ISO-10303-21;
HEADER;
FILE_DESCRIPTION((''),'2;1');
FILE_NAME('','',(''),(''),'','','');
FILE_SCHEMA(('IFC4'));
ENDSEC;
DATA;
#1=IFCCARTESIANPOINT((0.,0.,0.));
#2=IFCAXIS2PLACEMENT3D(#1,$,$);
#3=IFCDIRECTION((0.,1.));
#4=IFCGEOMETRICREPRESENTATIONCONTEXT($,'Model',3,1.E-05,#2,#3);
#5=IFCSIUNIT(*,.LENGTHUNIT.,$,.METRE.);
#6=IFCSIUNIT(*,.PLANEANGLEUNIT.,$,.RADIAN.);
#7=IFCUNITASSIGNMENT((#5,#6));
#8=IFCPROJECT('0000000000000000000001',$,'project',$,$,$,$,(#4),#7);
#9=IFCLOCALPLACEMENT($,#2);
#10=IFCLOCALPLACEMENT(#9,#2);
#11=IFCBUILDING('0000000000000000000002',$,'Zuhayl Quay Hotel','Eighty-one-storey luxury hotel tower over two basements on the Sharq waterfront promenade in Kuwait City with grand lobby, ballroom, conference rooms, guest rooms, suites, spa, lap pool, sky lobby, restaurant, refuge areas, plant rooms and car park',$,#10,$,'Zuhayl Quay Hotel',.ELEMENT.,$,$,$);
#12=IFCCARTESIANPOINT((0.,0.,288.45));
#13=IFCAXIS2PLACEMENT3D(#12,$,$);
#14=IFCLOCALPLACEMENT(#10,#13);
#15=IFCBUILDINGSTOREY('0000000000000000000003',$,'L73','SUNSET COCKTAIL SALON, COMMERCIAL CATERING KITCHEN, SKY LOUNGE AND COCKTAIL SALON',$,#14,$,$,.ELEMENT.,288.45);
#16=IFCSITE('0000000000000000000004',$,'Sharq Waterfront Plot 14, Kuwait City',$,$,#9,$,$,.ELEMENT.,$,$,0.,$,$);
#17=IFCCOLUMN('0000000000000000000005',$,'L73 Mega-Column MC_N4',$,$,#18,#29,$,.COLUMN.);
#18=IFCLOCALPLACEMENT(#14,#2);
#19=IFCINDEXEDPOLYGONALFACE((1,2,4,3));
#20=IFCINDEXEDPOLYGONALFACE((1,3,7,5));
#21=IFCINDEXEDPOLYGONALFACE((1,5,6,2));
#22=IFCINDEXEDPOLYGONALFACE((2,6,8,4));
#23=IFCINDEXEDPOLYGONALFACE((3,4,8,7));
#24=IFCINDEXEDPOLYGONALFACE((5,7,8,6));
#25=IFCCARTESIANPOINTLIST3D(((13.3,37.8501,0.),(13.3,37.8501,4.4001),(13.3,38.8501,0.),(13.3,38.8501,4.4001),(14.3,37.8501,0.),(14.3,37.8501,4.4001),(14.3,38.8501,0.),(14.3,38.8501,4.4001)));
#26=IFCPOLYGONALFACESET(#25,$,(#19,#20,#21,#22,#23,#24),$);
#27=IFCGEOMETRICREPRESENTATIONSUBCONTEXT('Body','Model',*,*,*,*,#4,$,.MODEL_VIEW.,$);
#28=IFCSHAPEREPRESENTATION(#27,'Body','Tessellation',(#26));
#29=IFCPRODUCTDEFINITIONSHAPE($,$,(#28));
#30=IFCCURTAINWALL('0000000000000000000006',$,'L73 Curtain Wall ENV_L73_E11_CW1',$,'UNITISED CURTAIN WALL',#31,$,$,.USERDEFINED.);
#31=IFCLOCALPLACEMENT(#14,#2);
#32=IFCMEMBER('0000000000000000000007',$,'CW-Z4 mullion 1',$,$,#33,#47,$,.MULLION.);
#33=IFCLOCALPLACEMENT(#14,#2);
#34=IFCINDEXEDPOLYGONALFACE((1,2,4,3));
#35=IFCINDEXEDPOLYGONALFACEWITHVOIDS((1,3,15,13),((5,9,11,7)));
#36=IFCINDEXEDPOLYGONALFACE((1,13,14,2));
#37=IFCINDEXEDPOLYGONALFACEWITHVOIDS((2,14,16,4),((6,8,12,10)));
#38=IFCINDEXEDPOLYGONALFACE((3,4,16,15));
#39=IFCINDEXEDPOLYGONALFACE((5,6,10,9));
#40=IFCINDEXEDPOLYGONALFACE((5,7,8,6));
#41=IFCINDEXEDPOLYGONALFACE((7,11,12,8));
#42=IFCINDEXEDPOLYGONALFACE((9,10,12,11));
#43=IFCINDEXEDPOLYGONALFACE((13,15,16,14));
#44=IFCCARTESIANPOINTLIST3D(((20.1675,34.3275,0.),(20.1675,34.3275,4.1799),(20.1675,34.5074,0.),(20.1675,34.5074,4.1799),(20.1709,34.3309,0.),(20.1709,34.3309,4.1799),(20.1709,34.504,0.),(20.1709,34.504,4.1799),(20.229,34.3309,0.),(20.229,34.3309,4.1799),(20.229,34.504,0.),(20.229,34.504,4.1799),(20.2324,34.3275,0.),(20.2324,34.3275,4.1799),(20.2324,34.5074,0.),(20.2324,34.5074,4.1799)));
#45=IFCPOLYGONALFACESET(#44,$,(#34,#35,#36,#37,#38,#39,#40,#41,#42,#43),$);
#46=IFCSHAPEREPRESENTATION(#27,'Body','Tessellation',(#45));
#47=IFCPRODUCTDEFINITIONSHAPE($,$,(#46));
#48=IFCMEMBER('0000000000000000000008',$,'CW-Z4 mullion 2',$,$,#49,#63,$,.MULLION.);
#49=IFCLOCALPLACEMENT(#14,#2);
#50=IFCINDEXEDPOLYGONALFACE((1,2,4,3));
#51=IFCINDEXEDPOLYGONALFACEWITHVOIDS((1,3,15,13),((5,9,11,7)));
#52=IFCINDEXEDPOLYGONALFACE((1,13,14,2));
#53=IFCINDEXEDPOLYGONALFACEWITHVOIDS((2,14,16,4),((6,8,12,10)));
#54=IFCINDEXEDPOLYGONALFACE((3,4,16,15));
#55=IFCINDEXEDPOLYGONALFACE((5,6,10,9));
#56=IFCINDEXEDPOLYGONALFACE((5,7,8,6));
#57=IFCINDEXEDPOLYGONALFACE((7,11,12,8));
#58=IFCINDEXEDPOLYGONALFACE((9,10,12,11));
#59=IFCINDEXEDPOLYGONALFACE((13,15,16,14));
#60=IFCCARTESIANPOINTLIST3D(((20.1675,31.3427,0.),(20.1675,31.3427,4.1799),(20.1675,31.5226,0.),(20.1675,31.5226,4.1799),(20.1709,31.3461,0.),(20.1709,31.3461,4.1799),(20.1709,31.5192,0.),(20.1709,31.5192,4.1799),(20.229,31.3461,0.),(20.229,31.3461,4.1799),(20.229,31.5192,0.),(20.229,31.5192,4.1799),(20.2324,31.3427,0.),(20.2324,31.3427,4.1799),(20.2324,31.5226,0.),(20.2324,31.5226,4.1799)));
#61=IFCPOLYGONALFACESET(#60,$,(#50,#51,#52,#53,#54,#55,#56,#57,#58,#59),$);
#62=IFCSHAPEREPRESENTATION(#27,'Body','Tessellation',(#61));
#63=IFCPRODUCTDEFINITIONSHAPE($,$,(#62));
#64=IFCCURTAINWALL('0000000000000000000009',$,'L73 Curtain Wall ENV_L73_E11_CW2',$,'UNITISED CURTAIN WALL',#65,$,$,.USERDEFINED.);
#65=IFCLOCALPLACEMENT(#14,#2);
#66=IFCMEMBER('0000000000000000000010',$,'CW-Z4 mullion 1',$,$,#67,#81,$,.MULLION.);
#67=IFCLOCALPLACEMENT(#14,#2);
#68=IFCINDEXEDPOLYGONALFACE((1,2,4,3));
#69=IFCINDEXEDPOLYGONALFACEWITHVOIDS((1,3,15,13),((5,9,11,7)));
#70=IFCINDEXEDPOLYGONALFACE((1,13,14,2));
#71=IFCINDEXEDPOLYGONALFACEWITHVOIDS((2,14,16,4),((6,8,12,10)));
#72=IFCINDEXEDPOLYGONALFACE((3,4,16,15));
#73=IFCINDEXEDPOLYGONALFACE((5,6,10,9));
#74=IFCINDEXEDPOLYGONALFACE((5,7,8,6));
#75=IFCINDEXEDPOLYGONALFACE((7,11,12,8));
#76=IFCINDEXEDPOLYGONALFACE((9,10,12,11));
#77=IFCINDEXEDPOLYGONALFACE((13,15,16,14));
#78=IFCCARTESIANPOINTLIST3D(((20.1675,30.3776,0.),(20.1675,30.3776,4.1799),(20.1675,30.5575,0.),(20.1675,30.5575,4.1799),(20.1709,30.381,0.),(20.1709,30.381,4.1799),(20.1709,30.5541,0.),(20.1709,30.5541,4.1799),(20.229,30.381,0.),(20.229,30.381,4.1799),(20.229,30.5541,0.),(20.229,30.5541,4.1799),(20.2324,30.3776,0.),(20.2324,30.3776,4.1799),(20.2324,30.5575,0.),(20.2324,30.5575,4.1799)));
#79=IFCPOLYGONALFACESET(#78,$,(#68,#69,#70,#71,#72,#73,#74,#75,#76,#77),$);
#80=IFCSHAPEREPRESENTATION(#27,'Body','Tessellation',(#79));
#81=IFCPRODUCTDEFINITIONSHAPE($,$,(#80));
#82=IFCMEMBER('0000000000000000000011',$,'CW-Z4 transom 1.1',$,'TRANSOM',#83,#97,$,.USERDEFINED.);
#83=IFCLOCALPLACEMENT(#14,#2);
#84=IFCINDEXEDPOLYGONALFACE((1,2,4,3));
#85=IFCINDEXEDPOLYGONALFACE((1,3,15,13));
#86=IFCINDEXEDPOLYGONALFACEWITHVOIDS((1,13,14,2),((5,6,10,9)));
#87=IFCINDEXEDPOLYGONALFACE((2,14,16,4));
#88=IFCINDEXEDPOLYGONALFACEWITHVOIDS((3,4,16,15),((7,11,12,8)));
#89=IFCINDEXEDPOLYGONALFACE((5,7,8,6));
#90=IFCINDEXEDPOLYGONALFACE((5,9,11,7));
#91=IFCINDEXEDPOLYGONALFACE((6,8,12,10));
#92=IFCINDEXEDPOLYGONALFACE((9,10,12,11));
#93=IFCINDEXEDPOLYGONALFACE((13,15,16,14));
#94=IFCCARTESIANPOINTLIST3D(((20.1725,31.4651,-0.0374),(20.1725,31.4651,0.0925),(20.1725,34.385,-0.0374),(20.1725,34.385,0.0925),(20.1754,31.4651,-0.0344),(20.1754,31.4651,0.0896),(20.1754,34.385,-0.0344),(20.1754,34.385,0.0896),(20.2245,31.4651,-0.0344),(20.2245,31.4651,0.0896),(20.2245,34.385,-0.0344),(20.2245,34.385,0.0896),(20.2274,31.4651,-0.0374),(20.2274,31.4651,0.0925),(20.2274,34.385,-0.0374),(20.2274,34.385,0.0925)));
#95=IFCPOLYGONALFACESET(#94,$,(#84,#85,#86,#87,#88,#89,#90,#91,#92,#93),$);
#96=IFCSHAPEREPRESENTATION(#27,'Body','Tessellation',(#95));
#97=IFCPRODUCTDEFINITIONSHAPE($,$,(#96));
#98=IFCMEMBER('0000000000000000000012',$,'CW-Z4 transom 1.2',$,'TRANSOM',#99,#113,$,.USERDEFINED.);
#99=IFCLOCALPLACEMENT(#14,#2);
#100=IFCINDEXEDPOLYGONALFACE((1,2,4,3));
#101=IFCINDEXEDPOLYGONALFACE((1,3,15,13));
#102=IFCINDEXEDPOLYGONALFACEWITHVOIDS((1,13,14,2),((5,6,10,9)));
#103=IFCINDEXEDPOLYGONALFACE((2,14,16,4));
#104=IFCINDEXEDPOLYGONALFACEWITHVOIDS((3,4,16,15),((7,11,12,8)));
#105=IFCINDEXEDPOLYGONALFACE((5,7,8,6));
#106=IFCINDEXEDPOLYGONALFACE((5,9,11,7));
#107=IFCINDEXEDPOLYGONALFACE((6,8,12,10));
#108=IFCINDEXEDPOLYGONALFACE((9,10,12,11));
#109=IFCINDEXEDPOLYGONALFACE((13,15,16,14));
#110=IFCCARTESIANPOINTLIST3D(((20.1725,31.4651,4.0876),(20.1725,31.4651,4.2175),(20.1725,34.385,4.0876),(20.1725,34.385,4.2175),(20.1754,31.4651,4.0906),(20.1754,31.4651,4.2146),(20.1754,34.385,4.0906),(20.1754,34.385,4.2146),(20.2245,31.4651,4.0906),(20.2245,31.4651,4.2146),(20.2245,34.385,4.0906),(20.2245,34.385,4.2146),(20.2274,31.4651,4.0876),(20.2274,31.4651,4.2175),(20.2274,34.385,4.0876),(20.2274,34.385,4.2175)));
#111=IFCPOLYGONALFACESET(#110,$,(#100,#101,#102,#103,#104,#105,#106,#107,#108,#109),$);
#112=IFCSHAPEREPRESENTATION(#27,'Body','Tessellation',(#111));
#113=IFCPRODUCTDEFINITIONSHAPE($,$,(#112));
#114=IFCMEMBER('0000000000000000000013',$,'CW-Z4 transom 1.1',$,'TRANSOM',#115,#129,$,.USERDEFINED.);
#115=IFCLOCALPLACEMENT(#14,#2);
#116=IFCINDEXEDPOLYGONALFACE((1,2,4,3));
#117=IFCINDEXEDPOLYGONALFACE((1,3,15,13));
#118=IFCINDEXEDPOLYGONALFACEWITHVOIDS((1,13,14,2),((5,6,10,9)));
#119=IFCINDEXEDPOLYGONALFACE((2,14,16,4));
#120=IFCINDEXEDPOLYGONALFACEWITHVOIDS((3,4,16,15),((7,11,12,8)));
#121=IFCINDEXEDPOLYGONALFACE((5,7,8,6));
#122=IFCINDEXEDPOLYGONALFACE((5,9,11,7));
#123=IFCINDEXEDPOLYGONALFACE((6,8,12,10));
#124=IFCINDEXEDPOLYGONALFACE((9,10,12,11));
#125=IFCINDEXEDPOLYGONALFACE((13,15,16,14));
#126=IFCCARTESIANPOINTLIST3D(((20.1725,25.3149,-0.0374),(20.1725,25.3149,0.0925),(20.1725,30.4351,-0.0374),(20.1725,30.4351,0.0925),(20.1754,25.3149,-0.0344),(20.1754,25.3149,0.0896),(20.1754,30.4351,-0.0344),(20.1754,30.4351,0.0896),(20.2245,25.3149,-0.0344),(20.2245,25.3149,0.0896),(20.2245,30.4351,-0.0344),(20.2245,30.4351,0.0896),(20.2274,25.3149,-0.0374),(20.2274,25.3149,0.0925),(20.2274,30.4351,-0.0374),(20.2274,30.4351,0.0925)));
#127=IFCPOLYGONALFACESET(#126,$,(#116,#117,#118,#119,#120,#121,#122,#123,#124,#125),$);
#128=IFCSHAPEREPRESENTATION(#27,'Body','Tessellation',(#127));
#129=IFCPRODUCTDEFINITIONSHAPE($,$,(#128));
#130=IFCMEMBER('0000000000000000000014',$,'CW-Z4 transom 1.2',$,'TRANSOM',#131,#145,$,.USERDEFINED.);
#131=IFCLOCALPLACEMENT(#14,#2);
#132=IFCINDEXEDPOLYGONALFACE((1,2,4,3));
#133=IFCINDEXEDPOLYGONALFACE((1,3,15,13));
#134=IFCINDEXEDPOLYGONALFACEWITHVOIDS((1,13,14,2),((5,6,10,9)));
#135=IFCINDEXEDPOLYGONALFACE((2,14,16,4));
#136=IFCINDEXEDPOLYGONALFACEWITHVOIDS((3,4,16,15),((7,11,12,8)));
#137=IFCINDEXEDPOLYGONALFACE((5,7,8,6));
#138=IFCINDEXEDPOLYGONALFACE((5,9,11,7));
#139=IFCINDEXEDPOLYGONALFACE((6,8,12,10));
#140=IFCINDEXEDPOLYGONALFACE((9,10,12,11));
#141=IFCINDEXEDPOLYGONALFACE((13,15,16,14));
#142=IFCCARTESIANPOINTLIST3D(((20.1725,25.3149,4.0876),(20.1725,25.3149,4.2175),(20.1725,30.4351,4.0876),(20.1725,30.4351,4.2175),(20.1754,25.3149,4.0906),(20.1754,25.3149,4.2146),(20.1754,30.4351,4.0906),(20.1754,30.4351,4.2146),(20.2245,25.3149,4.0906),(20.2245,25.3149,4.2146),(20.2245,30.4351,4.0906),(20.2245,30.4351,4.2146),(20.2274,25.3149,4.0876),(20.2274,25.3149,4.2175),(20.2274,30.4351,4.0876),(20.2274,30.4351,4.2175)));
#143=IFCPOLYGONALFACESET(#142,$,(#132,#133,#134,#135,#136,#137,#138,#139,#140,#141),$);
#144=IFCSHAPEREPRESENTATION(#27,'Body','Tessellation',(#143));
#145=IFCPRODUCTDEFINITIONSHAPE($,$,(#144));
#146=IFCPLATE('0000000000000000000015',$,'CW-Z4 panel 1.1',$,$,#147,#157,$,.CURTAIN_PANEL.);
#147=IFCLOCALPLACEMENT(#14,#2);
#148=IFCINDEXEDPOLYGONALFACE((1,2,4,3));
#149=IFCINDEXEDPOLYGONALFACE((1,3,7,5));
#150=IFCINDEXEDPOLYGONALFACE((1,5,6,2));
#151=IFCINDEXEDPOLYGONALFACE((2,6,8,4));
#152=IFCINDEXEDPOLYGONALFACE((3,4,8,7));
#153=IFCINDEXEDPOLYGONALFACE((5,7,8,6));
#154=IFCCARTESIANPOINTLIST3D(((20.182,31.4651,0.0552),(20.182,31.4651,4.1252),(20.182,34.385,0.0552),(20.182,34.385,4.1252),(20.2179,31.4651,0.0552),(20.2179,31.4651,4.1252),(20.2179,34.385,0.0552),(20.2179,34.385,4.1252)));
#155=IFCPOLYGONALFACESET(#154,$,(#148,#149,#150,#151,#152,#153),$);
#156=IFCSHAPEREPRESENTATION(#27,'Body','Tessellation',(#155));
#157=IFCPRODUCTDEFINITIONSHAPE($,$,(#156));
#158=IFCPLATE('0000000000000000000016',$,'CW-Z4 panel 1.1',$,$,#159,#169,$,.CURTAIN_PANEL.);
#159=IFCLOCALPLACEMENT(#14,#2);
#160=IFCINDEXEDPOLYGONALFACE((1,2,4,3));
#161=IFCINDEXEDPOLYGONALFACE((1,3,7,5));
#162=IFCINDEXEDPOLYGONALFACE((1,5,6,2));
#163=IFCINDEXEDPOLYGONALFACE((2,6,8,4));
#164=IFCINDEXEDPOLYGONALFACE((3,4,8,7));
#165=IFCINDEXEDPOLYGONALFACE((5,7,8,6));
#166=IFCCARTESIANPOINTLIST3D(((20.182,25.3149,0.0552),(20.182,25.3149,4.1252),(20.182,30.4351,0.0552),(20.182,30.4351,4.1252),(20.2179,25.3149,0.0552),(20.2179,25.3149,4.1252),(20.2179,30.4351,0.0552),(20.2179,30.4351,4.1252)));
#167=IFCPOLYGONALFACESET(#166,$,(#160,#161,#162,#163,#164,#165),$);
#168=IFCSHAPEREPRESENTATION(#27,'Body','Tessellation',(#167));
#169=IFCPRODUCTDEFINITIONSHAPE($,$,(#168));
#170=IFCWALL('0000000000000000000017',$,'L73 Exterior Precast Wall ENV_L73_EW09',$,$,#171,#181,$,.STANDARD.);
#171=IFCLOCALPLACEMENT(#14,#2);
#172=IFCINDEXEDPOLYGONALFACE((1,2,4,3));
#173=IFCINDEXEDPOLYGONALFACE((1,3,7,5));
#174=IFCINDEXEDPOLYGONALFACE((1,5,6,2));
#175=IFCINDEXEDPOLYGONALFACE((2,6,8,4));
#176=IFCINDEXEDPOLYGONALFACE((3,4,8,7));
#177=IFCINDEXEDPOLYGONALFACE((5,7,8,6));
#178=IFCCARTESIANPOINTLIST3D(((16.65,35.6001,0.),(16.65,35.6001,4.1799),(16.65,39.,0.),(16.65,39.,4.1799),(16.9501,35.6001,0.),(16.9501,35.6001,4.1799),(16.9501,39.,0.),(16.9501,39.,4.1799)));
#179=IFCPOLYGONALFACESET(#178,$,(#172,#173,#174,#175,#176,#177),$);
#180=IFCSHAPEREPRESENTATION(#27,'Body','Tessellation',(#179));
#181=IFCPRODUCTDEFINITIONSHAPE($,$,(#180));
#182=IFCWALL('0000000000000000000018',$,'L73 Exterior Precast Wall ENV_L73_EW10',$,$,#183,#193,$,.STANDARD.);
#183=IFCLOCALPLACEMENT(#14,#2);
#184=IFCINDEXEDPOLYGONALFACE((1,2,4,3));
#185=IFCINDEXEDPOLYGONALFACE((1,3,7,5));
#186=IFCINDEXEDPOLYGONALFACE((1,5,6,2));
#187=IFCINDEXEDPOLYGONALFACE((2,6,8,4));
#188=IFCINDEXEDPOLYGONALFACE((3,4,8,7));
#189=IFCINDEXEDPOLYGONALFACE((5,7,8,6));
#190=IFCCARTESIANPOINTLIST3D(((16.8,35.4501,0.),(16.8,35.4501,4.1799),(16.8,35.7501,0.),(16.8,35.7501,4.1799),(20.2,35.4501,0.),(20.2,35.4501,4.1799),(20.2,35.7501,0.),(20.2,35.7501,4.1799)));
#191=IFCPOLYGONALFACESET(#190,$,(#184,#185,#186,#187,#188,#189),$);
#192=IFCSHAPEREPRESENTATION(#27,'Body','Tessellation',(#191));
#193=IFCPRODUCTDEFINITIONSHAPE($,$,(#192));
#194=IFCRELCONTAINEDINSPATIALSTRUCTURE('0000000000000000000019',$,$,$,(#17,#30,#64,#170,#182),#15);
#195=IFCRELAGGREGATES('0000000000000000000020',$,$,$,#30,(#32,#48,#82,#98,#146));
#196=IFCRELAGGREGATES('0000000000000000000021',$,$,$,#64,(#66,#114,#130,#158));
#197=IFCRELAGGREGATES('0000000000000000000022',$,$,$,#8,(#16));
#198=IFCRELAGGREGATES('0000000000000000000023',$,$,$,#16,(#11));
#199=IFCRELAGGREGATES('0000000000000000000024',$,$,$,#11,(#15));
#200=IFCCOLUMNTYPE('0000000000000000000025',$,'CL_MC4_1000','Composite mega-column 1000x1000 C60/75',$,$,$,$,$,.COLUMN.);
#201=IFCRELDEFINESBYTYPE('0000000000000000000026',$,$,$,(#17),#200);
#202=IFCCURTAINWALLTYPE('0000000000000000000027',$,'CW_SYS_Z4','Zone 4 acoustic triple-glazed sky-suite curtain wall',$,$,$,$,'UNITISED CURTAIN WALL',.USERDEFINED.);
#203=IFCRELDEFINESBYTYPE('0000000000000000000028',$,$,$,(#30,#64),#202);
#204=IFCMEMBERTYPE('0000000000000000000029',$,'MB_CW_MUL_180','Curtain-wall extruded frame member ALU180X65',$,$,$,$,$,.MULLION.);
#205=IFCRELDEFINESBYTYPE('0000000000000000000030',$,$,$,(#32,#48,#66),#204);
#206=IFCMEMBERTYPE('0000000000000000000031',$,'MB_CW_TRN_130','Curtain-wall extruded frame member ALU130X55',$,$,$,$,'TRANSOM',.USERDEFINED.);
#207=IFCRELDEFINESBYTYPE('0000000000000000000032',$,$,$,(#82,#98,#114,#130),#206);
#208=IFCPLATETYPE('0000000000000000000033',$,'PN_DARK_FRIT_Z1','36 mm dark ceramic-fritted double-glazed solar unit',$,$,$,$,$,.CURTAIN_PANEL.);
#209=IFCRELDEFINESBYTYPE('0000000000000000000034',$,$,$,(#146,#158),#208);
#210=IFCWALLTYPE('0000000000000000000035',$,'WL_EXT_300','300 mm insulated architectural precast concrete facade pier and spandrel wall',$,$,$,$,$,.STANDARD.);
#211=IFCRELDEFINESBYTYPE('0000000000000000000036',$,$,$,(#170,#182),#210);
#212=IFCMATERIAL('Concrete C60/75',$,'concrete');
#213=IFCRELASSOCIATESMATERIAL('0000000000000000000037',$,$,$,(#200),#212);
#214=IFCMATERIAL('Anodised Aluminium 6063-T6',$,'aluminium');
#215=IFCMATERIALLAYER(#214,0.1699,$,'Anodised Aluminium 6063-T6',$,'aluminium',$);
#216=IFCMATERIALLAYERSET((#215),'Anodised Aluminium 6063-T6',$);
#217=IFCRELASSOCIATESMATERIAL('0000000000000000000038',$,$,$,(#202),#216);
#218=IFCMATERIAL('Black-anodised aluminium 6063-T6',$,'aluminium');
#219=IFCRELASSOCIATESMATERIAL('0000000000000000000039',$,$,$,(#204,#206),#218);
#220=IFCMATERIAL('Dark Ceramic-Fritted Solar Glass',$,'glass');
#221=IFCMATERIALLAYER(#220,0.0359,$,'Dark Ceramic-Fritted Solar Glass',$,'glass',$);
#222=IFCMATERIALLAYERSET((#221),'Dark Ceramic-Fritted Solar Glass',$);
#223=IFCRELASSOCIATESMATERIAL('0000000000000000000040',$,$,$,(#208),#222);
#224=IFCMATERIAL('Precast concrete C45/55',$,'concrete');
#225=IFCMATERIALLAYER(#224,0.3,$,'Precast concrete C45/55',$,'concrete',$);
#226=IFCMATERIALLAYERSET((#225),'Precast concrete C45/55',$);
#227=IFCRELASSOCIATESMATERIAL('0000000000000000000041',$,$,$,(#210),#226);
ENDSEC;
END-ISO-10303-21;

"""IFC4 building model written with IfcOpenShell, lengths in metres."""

from ifc_helpers import new_model, si_unit, direction, frame, frame_2d, origin, origin_2d, place, context, subcontext, project, spatial, rectangle, hollow_rectangle, extrude, material, layer, layer_set, material_profile, profile_set, type_object, element, aggregate, save


model = new_model("IFC4")

# Units and contexts
model_context = context("Model", 3, precision=1e-05, world=origin(), true_north=direction((0.0, 1.0)))
body_context = subcontext(model_context, "Body", "Model", "MODEL_VIEW")
ifc_project = project(units=[si_unit("LENGTHUNIT", "METRE"), si_unit("PLANEANGLEUNIT", "RADIAN")], contexts=[model_context])

# Site, building, storey
site_placement = place(None, origin())
site = spatial("IfcSite", under=ifc_project, at=site_placement, Name="Sharq Waterfront Plot 14, Kuwait City", CompositionType="ELEMENT", RefElevation=0.0)
building_placement = place(site_placement, origin())
building = spatial("IfcBuilding", under=site, at=building_placement, Name="Zuhayl Quay Hotel", Description="Eighty-one-storey luxury hotel tower over two basements on the Sharq waterfront promenade in Kuwait City with grand lobby, ballroom, conference rooms, guest rooms, suites, spa, lap pool, sky lobby, restaurant, refuge areas, plant rooms and car park", LongName="Zuhayl Quay Hotel", CompositionType="ELEMENT")
storey_placement = place(building_placement, frame((0.0, 0.0, 288.45)))
storey = spatial("IfcBuildingStorey", under=building, at=storey_placement, Name="L73", Description="SUNSET COCKTAIL SALON, COMMERCIAL CATERING KITCHEN, SKY LOUNGE AND COCKTAIL SALON", CompositionType="ELEMENT", Elevation=288.45)

# Column
ifc_material_1 = material(Name="Concrete C60/75", Category="concrete")
ifc_material_profile_1 = material_profile(ifc_material_1, rectangle(XDim=1.0, YDim=1.0, at=origin_2d()), Name="RC1000X1000")
ifc_profile_set_1 = profile_set([ifc_material_profile_1], Name="Concrete C60/75")
column_type = type_object("IfcColumnType", Name="CL_MC4_1000", Description="Composite mega-column 1000x1000 C60/75", PredefinedType="COLUMN", material=ifc_profile_set_1)
column_placement = place(storey_placement, frame((13.8, 38.3501, 0.0), z_axis=(0.0, 0.0, 1.0), x_axis=(1.0, 0.0, 0.0)))
element("IfcColumn", 1, at=column_placement, inside=storey, type_object=column_type, Name="L73 Mega-Column MC_N4", PredefinedType="COLUMN", context=body_context, shape_type="SweptSolid", body=[
    extrude(rectangle(XDim=1.0, YDim=1.0, at=origin_2d()), origin(), (0.0, 0.0, 1.0), 4.4001),
])

# Curtain wall, members
ifc_material_2 = material(Name="Anodised Aluminium 6063-T6", Category="aluminium")
ifc_layer_1 = layer(ifc_material_2, 0.1699, Name="Anodised Aluminium 6063-T6", Category="aluminium")
ifc_layer_set_1 = layer_set([ifc_layer_1], Name="Anodised Aluminium 6063-T6")
curtain_wall_type = type_object("IfcCurtainWallType", Name="CW_SYS_Z4", Description="Zone 4 acoustic triple-glazed sky-suite curtain wall", ElementType="UNITISED CURTAIN WALL", PredefinedType="USERDEFINED", material=ifc_layer_set_1)
curtain_wall_1_placement = place(storey_placement, origin())
curtain_wall_1 = element("IfcCurtainWall", 2, at=curtain_wall_1_placement, inside=storey, type_object=curtain_wall_type, Name="L73 Curtain Wall ENV_L73_E11_CW1", ObjectType="UNITISED CURTAIN WALL", PredefinedType="USERDEFINED")
ifc_material_3 = material(Name="Black-anodised aluminium 6063-T6", Category="aluminium")
ifc_material_profile_2 = material_profile(ifc_material_3, hollow_rectangle(XDim=0.0649, YDim=0.1799, WallThickness=0.0034, at=origin_2d()), Name="ALU180X65")
ifc_profile_set_2 = profile_set([ifc_material_profile_2], Name="Black-anodised aluminium 6063-T6")
member_type_1 = type_object("IfcMemberType", Name="MB_CW_MUL_180", Description="Curtain-wall extruded frame member ALU180X65", PredefinedType="MULLION", material=ifc_profile_set_2)
member_1_placement = place(storey_placement, frame((20.2, 34.4175, 0.0), z_axis=(0.0, 0.0, 1.0), x_axis=(1.0, 0.0, 0.0)))
member_1 = element("IfcMember", 3, at=member_1_placement, type_object=member_type_1, Name="CW-Z4 mullion 1", PredefinedType="MULLION", context=body_context, shape_type="SweptSolid", body=[
    extrude(hollow_rectangle(XDim=0.0649, YDim=0.1799, WallThickness=0.0034, at=origin_2d()), origin(), (0.0, 0.0, 1.0), 4.1799),
])
member_2_placement = place(storey_placement, frame((20.2, 31.4326, 0.0), z_axis=(0.0, 0.0, 1.0), x_axis=(1.0, 0.0, 0.0)))
member_2 = element("IfcMember", 4, at=member_2_placement, type_object=member_type_1, Name="CW-Z4 mullion 2", PredefinedType="MULLION", context=body_context, shape_type="SweptSolid", body=[
    extrude(hollow_rectangle(XDim=0.0649, YDim=0.1799, WallThickness=0.0034, at=origin_2d()), origin(), (0.0, 0.0, 1.0), 4.1799),
])

# Curtain wall, member
curtain_wall_2_placement = place(storey_placement, origin())
curtain_wall_2 = element("IfcCurtainWall", 5, at=curtain_wall_2_placement, inside=storey, type_object=curtain_wall_type, Name="L73 Curtain Wall ENV_L73_E11_CW2", ObjectType="UNITISED CURTAIN WALL", PredefinedType="USERDEFINED")
member_3_placement = place(storey_placement, frame((20.2, 30.4675, 0.0), z_axis=(0.0, 0.0, 1.0), x_axis=(1.0, 0.0, 0.0)))
member_3 = element("IfcMember", 6, at=member_3_placement, type_object=member_type_1, Name="CW-Z4 mullion 1", PredefinedType="MULLION", context=body_context, shape_type="SweptSolid", body=[
    extrude(hollow_rectangle(XDim=0.0649, YDim=0.1799, WallThickness=0.0034, at=origin_2d()), origin(), (0.0, 0.0, 1.0), 4.1799),
])

# Members
ifc_material_profile_3 = material_profile(ifc_material_3, hollow_rectangle(XDim=0.0549, YDim=0.1299, WallThickness=0.0029, at=origin_2d()), Name="ALU130X55")
ifc_profile_set_3 = profile_set([ifc_material_profile_3], Name="Black-anodised aluminium 6063-T6")
member_type_2 = type_object("IfcMemberType", Name="MB_CW_TRN_130", Description="Curtain-wall extruded frame member ALU130X55", ElementType="TRANSOM", PredefinedType="USERDEFINED", material=ifc_profile_set_3)
member_4_placement = place(storey_placement, frame((20.2, 34.385, 0.0276), z_axis=(0.0, -1.0, 0.0), x_axis=(1.0, 0.0, 0.0)))
member_4 = element("IfcMember", 7, at=member_4_placement, type_object=member_type_2, Name="CW-Z4 transom 1.1", ObjectType="TRANSOM", PredefinedType="USERDEFINED", context=body_context, shape_type="SweptSolid", body=[
    extrude(hollow_rectangle(XDim=0.0549, YDim=0.1299, WallThickness=0.0029, at=origin_2d()), origin(), (0.0, 0.0, 1.0), 2.9199),
])
member_5_placement = place(storey_placement, frame((20.2, 34.385, 4.1526), z_axis=(0.0, -1.0, 0.0), x_axis=(1.0, 0.0, 0.0)))
member_5 = element("IfcMember", 8, at=member_5_placement, type_object=member_type_2, Name="CW-Z4 transom 1.2", ObjectType="TRANSOM", PredefinedType="USERDEFINED", context=body_context, shape_type="SweptSolid", body=[
    extrude(hollow_rectangle(XDim=0.0549, YDim=0.1299, WallThickness=0.0029, at=origin_2d()), origin(), (0.0, 0.0, 1.0), 2.9199),
])
member_6_placement = place(storey_placement, frame((20.2, 30.4351, 0.0276), z_axis=(0.0, -1.0, 0.0), x_axis=(1.0, 0.0, 0.0)))
member_6 = element("IfcMember", 9, at=member_6_placement, type_object=member_type_2, Name="CW-Z4 transom 1.1", ObjectType="TRANSOM", PredefinedType="USERDEFINED", context=body_context, shape_type="SweptSolid", body=[
    extrude(hollow_rectangle(XDim=0.0549, YDim=0.1299, WallThickness=0.0029, at=origin_2d()), origin(), (0.0, 0.0, 1.0), 5.1201),
])
member_7_placement = place(storey_placement, frame((20.2, 30.4351, 4.1526), z_axis=(0.0, -1.0, 0.0), x_axis=(1.0, 0.0, 0.0)))
member_7 = element("IfcMember", 10, at=member_7_placement, type_object=member_type_2, Name="CW-Z4 transom 1.2", ObjectType="TRANSOM", PredefinedType="USERDEFINED", context=body_context, shape_type="SweptSolid", body=[
    extrude(hollow_rectangle(XDim=0.0549, YDim=0.1299, WallThickness=0.0029, at=origin_2d()), origin(), (0.0, 0.0, 1.0), 5.1201),
])

# Plates
ifc_material_4 = material(Name="Dark Ceramic-Fritted Solar Glass", Category="glass")
ifc_layer_2 = layer(ifc_material_4, 0.0359, Name="Dark Ceramic-Fritted Solar Glass", Category="glass")
ifc_layer_set_2 = layer_set([ifc_layer_2], Name="Dark Ceramic-Fritted Solar Glass")
plate_type = type_object("IfcPlateType", Name="PN_DARK_FRIT_Z1", Description="36 mm dark ceramic-fritted double-glazed solar unit", PredefinedType="CURTAIN_PANEL", material=ifc_layer_set_2)
plate_1_placement = place(storey_placement, frame((20.2, 32.925, 0.0552), z_axis=(0.0, 0.0, 1.0), x_axis=(0.0, -1.0, 0.0)))
plate_1 = element("IfcPlate", 11, at=plate_1_placement, type_object=plate_type, Name="CW-Z4 panel 1.1", PredefinedType="CURTAIN_PANEL", context=body_context, shape_type="SweptSolid", body=[
    extrude(rectangle(XDim=2.9199, YDim=0.0359, at=origin_2d()), origin(), (0.0, 0.0, 1.0), 4.0701),
])
aggregate(curtain_wall_1, [member_1, member_2, member_4, member_5, plate_1])
plate_2_placement = place(storey_placement, frame((20.2, 27.875, 0.0552), z_axis=(0.0, 0.0, 1.0), x_axis=(0.0, -1.0, 0.0)))
plate_2 = element("IfcPlate", 12, at=plate_2_placement, type_object=plate_type, Name="CW-Z4 panel 1.1", PredefinedType="CURTAIN_PANEL", context=body_context, shape_type="SweptSolid", body=[
    extrude(rectangle(XDim=5.1201, YDim=0.0359, at=origin_2d()), origin(), (0.0, 0.0, 1.0), 4.0701),
])
aggregate(curtain_wall_2, [member_3, member_6, member_7, plate_2])

# Walls
ifc_material_5 = material(Name="Precast concrete C45/55", Category="concrete")
ifc_layer_3 = layer(ifc_material_5, 0.3, Name="Precast concrete C45/55", Category="concrete")
ifc_layer_set_3 = layer_set([ifc_layer_3], Name="Precast concrete C45/55")
wall_type_1 = type_object("IfcWallType", Name="WL_EXT_300", Description="300 mm insulated architectural precast concrete facade pier and spandrel wall", PredefinedType="STANDARD", material=ifc_layer_set_3)
for number, where, z_axis, x_axis, name in (
    (13, (16.8, 39.0, 0.0), (0.0, 0.0, 1.0), (0.0, -1.0, 0.0), "L73 Exterior Precast Wall ENV_L73_EW09"),
    (14, (16.8, 35.6001, 0.0), (0.0, 0.0, 1.0), (1.0, 0.0, 0.0), "L73 Exterior Precast Wall ENV_L73_EW10"),
):
    element("IfcWall", number, at=place(storey_placement, frame(where, z_axis=z_axis, x_axis=x_axis)), inside=storey, type_object=wall_type_1, Name=name, PredefinedType="STANDARD", context=body_context, shape_type="SweptSolid", body=[
        extrude(rectangle(XDim=3.3999, YDim=0.3, at=frame_2d((1.7, 0.0))), origin(), (0.0, 0.0, 1.0), 4.1799),
    ])

save(model, "model.ifc")
